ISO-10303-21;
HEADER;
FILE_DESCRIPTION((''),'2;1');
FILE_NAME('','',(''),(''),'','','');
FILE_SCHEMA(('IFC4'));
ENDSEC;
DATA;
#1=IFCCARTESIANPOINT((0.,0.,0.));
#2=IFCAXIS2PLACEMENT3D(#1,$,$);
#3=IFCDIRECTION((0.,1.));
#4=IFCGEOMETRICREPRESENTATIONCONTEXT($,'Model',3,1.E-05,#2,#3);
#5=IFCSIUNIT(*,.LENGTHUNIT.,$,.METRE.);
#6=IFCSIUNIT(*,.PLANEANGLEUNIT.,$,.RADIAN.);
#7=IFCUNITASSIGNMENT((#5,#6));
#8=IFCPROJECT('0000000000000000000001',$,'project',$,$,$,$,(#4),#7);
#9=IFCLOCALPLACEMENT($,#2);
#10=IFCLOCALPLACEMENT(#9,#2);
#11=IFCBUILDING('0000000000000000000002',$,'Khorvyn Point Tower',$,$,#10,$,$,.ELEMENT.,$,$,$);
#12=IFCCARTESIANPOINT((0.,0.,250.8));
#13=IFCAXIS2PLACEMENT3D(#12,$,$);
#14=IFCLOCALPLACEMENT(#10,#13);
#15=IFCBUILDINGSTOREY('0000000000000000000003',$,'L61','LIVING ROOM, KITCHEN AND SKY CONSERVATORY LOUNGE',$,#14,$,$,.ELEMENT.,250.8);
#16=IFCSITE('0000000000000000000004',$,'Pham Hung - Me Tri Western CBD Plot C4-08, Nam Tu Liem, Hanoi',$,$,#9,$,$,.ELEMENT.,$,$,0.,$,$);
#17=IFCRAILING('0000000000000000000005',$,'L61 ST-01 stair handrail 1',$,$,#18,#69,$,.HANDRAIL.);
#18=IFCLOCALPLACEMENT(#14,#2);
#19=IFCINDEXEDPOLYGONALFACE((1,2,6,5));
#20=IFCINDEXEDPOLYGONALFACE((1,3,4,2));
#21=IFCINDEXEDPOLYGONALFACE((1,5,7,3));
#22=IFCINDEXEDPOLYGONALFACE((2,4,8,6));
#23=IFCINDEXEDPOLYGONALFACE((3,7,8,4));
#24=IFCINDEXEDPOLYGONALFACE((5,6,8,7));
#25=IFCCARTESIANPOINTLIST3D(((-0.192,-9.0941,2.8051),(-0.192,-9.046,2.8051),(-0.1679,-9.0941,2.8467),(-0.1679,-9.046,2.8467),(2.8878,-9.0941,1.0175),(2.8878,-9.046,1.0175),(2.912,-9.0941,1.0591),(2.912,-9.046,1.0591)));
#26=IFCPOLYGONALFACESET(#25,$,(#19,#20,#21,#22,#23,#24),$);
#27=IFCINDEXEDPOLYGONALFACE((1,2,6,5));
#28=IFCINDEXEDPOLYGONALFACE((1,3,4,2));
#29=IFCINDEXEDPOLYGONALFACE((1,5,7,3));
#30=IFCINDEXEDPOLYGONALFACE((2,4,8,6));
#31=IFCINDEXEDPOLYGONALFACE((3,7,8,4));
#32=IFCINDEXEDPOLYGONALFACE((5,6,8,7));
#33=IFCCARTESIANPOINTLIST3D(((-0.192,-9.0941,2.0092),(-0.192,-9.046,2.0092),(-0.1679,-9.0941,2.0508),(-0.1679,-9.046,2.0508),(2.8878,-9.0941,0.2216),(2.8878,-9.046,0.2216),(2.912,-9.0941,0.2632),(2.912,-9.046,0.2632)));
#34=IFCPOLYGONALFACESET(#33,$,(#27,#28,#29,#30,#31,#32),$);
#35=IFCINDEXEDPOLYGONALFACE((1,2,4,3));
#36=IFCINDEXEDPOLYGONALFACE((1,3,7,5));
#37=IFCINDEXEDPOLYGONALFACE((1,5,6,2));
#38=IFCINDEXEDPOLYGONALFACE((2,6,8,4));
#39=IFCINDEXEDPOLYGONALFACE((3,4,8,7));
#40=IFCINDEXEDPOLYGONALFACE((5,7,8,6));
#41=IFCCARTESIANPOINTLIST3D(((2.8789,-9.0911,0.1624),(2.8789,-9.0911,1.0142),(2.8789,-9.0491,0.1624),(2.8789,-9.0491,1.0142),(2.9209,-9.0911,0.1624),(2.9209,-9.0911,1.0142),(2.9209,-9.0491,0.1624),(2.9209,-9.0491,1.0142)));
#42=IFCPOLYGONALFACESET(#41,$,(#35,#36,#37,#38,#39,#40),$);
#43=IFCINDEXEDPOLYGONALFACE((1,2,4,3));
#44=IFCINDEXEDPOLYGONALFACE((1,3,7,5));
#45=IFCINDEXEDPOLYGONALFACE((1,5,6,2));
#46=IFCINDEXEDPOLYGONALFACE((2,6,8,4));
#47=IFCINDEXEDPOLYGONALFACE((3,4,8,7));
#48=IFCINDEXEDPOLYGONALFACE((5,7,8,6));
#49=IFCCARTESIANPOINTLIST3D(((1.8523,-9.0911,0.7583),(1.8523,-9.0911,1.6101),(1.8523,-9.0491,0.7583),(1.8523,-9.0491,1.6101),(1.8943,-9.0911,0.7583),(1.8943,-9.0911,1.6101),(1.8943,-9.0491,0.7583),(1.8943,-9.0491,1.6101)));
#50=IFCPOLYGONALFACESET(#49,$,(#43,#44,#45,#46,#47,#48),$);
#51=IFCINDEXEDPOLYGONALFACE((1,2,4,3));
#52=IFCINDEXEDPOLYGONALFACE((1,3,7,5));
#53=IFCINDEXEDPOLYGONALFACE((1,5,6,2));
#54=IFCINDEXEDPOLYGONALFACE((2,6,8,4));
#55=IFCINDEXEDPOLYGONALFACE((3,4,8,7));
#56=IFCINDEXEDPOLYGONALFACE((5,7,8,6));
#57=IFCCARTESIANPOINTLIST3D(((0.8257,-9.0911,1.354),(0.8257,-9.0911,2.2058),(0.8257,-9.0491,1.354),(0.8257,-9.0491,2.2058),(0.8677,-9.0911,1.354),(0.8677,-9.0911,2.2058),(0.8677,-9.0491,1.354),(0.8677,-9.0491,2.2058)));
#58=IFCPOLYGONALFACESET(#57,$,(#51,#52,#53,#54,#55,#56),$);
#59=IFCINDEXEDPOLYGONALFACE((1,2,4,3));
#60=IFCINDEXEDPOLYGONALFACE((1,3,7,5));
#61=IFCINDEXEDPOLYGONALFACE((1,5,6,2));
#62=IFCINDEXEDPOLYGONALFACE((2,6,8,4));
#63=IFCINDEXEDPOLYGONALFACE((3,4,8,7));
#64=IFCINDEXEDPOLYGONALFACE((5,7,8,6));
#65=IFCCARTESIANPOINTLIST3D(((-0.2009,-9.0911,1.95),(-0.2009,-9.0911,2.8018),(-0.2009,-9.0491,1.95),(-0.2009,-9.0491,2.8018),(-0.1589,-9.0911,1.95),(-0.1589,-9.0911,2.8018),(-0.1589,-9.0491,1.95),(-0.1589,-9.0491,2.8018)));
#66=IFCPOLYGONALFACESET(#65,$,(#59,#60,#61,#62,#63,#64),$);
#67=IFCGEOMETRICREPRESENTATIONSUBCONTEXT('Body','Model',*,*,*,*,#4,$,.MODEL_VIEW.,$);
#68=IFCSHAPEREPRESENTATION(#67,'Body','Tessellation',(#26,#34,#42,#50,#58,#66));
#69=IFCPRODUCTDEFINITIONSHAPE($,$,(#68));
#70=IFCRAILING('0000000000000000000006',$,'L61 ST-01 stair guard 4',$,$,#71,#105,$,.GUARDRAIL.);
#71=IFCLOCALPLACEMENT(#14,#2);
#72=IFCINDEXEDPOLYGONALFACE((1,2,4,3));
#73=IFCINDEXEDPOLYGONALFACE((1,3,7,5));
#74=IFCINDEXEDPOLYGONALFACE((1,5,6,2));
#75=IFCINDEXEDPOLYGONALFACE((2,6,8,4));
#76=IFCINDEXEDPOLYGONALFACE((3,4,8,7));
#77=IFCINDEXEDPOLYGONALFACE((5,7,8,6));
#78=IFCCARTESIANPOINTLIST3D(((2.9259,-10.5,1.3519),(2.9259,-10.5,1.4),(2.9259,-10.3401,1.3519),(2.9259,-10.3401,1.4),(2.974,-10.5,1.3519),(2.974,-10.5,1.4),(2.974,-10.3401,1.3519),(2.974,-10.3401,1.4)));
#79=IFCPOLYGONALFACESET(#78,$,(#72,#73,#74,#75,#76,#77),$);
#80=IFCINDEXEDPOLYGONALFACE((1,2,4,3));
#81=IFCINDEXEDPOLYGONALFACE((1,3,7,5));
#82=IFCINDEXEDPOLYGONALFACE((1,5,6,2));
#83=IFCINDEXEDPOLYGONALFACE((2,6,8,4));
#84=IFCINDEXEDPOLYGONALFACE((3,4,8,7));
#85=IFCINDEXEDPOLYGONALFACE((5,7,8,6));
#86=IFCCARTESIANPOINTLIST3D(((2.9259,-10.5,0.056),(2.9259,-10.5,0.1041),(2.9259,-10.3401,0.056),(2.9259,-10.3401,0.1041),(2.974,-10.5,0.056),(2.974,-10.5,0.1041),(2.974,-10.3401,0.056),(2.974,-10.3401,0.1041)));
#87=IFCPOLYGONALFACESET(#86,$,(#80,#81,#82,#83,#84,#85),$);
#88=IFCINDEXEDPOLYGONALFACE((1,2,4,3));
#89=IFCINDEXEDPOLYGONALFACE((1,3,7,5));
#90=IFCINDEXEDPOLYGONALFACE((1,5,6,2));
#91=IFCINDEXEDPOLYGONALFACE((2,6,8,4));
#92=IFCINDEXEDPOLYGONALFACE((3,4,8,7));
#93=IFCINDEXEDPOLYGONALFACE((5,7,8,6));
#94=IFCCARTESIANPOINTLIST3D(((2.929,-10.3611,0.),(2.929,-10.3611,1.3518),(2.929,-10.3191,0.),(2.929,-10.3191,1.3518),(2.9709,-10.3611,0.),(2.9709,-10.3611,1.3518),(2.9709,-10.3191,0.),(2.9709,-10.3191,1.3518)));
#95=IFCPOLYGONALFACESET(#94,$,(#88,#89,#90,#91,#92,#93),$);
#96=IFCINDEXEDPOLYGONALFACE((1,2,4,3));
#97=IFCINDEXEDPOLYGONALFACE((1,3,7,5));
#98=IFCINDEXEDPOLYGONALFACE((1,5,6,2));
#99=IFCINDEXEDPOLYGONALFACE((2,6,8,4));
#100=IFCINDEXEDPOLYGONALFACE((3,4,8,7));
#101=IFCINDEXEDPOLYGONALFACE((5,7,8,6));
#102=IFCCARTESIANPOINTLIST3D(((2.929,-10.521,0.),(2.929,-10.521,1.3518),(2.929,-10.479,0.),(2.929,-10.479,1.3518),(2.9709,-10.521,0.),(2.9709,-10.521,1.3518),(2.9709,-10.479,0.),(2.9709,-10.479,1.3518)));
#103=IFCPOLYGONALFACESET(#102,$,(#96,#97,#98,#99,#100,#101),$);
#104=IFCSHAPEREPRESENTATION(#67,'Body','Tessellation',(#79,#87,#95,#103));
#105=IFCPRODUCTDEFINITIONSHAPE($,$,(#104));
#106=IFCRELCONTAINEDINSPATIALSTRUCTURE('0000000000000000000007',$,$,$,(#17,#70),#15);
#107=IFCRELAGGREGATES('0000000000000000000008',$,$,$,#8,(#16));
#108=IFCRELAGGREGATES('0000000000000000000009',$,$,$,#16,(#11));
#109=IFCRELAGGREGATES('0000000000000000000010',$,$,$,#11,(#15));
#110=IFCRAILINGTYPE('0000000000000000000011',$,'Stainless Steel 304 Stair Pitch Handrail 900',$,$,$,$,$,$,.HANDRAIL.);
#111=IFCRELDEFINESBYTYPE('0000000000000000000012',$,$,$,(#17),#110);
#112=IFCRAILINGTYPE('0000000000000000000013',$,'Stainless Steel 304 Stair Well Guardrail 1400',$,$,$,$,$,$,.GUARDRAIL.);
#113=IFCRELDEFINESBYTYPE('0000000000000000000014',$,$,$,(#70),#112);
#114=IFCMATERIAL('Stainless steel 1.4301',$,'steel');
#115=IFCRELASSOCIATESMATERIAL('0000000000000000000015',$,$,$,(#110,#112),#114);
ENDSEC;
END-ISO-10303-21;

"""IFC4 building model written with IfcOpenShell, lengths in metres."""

from ifc_helpers import new_model, si_unit, direction, frame, origin, origin_2d, place, context, subcontext, project, spatial, rectangle, extrude, material, type_object, element, save


model = new_model("IFC4")

# Units and contexts
model_context = context("Model", 3, precision=1e-05, world=origin(), true_north=direction((0.0, 1.0)))
body_context = subcontext(model_context, "Body", "Model", "MODEL_VIEW")
ifc_project = project(units=[si_unit("LENGTHUNIT", "METRE"), si_unit("PLANEANGLEUNIT", "RADIAN")], contexts=[model_context])

# Site, building, storey
site_placement = place(None, origin())
site = spatial("IfcSite", under=ifc_project, at=site_placement, Name="Pham Hung - Me Tri Western CBD Plot C4-08, Nam Tu Liem, Hanoi", CompositionType="ELEMENT", RefElevation=0.0)
building_placement = place(site_placement, origin())
building = spatial("IfcBuilding", under=site, at=building_placement, Name="Khorvyn Point Tower", CompositionType="ELEMENT")
storey_placement = place(building_placement, frame((0.0, 0.0, 250.8)))
storey = spatial("IfcBuildingStorey", under=building, at=storey_placement, Name="L61", Description="LIVING ROOM, KITCHEN AND SKY CONSERVATORY LOUNGE", CompositionType="ELEMENT", Elevation=250.8)

# Railings
ifc_material_1 = material(Name="Stainless steel 1.4301", Category="steel")
railing_type_1 = type_object("IfcRailingType", Name="Stainless Steel 304 Stair Pitch Handrail 900", PredefinedType="HANDRAIL", material=ifc_material_1)
railing_1_placement = place(storey_placement, frame((2.8999, -9.0701, 0.1624)))
element("IfcRailing", 1, at=railing_1_placement, inside=storey, type_object=railing_type_1, Name="L61 ST-01 stair handrail 1", PredefinedType="HANDRAIL", context=body_context, shape_type="SweptSolid", body=[
    extrude(rectangle(XDim=0.0481, YDim=0.0481, at=origin_2d()), frame((0.0, 0.0, 0.876), z_axis=(-0.864873, 0.0, 0.50199), x_axis=(0.0, -1.0, 0.0)), (0.0, 0.0, 1.0), 3.561),
    extrude(rectangle(XDim=0.0481, YDim=0.0481, at=origin_2d()), frame((0.0, 0.0, 0.0801), z_axis=(-0.864873, 0.0, 0.50199), x_axis=(0.0, -1.0, 0.0)), (0.0, 0.0, 1.0), 3.561),
    extrude(rectangle(XDim=0.042, YDim=0.042, at=origin_2d()), origin(), (0.0, 0.0, 1.0), 0.8518),
    extrude(rectangle(XDim=0.042, YDim=0.042, at=origin_2d()), frame((-1.0266, 0.0, 0.5959)), (0.0, 0.0, 1.0), 0.8518),
    extrude(rectangle(XDim=0.042, YDim=0.042, at=origin_2d()), frame((-2.0532, 0.0, 1.1917)), (0.0, 0.0, 1.0), 0.8518),
    extrude(rectangle(XDim=0.042, YDim=0.042, at=origin_2d()), frame((-3.0798, 0.0, 1.7876)), (0.0, 0.0, 1.0), 0.8518),
])
railing_type_2 = type_object("IfcRailingType", Name="Stainless Steel 304 Stair Well Guardrail 1400", PredefinedType="GUARDRAIL", material=ifc_material_1)
railing_2_placement = place(storey_placement, frame((2.95, -10.3401, 0.0)))
element("IfcRailing", 2, at=railing_2_placement, inside=storey, type_object=railing_type_2, Name="L61 ST-01 stair guard 4", PredefinedType="GUARDRAIL", context=body_context, shape_type="SweptSolid", body=[
    extrude(rectangle(XDim=0.0481, YDim=0.0481, at=origin_2d()), frame((0.0, 0.0, 1.376), z_axis=(0.0, -1.0, 0.0), x_axis=(1.0, 0.0, 0.0)), (0.0, 0.0, 1.0), 0.1599),
    extrude(rectangle(XDim=0.0481, YDim=0.0481, at=origin_2d()), frame((0.0, 0.0, 0.0801), z_axis=(0.0, -1.0, 0.0), x_axis=(1.0, 0.0, 0.0)), (0.0, 0.0, 1.0), 0.1599),
    extrude(rectangle(XDim=0.042, YDim=0.042, at=origin_2d()), origin(), (0.0, 0.0, 1.0), 1.3518),
    extrude(rectangle(XDim=0.042, YDim=0.042, at=origin_2d()), frame((0.0, -0.1599, 0.0)), (0.0, 0.0, 1.0), 1.3518),
])

save(model, "model.ifc")
